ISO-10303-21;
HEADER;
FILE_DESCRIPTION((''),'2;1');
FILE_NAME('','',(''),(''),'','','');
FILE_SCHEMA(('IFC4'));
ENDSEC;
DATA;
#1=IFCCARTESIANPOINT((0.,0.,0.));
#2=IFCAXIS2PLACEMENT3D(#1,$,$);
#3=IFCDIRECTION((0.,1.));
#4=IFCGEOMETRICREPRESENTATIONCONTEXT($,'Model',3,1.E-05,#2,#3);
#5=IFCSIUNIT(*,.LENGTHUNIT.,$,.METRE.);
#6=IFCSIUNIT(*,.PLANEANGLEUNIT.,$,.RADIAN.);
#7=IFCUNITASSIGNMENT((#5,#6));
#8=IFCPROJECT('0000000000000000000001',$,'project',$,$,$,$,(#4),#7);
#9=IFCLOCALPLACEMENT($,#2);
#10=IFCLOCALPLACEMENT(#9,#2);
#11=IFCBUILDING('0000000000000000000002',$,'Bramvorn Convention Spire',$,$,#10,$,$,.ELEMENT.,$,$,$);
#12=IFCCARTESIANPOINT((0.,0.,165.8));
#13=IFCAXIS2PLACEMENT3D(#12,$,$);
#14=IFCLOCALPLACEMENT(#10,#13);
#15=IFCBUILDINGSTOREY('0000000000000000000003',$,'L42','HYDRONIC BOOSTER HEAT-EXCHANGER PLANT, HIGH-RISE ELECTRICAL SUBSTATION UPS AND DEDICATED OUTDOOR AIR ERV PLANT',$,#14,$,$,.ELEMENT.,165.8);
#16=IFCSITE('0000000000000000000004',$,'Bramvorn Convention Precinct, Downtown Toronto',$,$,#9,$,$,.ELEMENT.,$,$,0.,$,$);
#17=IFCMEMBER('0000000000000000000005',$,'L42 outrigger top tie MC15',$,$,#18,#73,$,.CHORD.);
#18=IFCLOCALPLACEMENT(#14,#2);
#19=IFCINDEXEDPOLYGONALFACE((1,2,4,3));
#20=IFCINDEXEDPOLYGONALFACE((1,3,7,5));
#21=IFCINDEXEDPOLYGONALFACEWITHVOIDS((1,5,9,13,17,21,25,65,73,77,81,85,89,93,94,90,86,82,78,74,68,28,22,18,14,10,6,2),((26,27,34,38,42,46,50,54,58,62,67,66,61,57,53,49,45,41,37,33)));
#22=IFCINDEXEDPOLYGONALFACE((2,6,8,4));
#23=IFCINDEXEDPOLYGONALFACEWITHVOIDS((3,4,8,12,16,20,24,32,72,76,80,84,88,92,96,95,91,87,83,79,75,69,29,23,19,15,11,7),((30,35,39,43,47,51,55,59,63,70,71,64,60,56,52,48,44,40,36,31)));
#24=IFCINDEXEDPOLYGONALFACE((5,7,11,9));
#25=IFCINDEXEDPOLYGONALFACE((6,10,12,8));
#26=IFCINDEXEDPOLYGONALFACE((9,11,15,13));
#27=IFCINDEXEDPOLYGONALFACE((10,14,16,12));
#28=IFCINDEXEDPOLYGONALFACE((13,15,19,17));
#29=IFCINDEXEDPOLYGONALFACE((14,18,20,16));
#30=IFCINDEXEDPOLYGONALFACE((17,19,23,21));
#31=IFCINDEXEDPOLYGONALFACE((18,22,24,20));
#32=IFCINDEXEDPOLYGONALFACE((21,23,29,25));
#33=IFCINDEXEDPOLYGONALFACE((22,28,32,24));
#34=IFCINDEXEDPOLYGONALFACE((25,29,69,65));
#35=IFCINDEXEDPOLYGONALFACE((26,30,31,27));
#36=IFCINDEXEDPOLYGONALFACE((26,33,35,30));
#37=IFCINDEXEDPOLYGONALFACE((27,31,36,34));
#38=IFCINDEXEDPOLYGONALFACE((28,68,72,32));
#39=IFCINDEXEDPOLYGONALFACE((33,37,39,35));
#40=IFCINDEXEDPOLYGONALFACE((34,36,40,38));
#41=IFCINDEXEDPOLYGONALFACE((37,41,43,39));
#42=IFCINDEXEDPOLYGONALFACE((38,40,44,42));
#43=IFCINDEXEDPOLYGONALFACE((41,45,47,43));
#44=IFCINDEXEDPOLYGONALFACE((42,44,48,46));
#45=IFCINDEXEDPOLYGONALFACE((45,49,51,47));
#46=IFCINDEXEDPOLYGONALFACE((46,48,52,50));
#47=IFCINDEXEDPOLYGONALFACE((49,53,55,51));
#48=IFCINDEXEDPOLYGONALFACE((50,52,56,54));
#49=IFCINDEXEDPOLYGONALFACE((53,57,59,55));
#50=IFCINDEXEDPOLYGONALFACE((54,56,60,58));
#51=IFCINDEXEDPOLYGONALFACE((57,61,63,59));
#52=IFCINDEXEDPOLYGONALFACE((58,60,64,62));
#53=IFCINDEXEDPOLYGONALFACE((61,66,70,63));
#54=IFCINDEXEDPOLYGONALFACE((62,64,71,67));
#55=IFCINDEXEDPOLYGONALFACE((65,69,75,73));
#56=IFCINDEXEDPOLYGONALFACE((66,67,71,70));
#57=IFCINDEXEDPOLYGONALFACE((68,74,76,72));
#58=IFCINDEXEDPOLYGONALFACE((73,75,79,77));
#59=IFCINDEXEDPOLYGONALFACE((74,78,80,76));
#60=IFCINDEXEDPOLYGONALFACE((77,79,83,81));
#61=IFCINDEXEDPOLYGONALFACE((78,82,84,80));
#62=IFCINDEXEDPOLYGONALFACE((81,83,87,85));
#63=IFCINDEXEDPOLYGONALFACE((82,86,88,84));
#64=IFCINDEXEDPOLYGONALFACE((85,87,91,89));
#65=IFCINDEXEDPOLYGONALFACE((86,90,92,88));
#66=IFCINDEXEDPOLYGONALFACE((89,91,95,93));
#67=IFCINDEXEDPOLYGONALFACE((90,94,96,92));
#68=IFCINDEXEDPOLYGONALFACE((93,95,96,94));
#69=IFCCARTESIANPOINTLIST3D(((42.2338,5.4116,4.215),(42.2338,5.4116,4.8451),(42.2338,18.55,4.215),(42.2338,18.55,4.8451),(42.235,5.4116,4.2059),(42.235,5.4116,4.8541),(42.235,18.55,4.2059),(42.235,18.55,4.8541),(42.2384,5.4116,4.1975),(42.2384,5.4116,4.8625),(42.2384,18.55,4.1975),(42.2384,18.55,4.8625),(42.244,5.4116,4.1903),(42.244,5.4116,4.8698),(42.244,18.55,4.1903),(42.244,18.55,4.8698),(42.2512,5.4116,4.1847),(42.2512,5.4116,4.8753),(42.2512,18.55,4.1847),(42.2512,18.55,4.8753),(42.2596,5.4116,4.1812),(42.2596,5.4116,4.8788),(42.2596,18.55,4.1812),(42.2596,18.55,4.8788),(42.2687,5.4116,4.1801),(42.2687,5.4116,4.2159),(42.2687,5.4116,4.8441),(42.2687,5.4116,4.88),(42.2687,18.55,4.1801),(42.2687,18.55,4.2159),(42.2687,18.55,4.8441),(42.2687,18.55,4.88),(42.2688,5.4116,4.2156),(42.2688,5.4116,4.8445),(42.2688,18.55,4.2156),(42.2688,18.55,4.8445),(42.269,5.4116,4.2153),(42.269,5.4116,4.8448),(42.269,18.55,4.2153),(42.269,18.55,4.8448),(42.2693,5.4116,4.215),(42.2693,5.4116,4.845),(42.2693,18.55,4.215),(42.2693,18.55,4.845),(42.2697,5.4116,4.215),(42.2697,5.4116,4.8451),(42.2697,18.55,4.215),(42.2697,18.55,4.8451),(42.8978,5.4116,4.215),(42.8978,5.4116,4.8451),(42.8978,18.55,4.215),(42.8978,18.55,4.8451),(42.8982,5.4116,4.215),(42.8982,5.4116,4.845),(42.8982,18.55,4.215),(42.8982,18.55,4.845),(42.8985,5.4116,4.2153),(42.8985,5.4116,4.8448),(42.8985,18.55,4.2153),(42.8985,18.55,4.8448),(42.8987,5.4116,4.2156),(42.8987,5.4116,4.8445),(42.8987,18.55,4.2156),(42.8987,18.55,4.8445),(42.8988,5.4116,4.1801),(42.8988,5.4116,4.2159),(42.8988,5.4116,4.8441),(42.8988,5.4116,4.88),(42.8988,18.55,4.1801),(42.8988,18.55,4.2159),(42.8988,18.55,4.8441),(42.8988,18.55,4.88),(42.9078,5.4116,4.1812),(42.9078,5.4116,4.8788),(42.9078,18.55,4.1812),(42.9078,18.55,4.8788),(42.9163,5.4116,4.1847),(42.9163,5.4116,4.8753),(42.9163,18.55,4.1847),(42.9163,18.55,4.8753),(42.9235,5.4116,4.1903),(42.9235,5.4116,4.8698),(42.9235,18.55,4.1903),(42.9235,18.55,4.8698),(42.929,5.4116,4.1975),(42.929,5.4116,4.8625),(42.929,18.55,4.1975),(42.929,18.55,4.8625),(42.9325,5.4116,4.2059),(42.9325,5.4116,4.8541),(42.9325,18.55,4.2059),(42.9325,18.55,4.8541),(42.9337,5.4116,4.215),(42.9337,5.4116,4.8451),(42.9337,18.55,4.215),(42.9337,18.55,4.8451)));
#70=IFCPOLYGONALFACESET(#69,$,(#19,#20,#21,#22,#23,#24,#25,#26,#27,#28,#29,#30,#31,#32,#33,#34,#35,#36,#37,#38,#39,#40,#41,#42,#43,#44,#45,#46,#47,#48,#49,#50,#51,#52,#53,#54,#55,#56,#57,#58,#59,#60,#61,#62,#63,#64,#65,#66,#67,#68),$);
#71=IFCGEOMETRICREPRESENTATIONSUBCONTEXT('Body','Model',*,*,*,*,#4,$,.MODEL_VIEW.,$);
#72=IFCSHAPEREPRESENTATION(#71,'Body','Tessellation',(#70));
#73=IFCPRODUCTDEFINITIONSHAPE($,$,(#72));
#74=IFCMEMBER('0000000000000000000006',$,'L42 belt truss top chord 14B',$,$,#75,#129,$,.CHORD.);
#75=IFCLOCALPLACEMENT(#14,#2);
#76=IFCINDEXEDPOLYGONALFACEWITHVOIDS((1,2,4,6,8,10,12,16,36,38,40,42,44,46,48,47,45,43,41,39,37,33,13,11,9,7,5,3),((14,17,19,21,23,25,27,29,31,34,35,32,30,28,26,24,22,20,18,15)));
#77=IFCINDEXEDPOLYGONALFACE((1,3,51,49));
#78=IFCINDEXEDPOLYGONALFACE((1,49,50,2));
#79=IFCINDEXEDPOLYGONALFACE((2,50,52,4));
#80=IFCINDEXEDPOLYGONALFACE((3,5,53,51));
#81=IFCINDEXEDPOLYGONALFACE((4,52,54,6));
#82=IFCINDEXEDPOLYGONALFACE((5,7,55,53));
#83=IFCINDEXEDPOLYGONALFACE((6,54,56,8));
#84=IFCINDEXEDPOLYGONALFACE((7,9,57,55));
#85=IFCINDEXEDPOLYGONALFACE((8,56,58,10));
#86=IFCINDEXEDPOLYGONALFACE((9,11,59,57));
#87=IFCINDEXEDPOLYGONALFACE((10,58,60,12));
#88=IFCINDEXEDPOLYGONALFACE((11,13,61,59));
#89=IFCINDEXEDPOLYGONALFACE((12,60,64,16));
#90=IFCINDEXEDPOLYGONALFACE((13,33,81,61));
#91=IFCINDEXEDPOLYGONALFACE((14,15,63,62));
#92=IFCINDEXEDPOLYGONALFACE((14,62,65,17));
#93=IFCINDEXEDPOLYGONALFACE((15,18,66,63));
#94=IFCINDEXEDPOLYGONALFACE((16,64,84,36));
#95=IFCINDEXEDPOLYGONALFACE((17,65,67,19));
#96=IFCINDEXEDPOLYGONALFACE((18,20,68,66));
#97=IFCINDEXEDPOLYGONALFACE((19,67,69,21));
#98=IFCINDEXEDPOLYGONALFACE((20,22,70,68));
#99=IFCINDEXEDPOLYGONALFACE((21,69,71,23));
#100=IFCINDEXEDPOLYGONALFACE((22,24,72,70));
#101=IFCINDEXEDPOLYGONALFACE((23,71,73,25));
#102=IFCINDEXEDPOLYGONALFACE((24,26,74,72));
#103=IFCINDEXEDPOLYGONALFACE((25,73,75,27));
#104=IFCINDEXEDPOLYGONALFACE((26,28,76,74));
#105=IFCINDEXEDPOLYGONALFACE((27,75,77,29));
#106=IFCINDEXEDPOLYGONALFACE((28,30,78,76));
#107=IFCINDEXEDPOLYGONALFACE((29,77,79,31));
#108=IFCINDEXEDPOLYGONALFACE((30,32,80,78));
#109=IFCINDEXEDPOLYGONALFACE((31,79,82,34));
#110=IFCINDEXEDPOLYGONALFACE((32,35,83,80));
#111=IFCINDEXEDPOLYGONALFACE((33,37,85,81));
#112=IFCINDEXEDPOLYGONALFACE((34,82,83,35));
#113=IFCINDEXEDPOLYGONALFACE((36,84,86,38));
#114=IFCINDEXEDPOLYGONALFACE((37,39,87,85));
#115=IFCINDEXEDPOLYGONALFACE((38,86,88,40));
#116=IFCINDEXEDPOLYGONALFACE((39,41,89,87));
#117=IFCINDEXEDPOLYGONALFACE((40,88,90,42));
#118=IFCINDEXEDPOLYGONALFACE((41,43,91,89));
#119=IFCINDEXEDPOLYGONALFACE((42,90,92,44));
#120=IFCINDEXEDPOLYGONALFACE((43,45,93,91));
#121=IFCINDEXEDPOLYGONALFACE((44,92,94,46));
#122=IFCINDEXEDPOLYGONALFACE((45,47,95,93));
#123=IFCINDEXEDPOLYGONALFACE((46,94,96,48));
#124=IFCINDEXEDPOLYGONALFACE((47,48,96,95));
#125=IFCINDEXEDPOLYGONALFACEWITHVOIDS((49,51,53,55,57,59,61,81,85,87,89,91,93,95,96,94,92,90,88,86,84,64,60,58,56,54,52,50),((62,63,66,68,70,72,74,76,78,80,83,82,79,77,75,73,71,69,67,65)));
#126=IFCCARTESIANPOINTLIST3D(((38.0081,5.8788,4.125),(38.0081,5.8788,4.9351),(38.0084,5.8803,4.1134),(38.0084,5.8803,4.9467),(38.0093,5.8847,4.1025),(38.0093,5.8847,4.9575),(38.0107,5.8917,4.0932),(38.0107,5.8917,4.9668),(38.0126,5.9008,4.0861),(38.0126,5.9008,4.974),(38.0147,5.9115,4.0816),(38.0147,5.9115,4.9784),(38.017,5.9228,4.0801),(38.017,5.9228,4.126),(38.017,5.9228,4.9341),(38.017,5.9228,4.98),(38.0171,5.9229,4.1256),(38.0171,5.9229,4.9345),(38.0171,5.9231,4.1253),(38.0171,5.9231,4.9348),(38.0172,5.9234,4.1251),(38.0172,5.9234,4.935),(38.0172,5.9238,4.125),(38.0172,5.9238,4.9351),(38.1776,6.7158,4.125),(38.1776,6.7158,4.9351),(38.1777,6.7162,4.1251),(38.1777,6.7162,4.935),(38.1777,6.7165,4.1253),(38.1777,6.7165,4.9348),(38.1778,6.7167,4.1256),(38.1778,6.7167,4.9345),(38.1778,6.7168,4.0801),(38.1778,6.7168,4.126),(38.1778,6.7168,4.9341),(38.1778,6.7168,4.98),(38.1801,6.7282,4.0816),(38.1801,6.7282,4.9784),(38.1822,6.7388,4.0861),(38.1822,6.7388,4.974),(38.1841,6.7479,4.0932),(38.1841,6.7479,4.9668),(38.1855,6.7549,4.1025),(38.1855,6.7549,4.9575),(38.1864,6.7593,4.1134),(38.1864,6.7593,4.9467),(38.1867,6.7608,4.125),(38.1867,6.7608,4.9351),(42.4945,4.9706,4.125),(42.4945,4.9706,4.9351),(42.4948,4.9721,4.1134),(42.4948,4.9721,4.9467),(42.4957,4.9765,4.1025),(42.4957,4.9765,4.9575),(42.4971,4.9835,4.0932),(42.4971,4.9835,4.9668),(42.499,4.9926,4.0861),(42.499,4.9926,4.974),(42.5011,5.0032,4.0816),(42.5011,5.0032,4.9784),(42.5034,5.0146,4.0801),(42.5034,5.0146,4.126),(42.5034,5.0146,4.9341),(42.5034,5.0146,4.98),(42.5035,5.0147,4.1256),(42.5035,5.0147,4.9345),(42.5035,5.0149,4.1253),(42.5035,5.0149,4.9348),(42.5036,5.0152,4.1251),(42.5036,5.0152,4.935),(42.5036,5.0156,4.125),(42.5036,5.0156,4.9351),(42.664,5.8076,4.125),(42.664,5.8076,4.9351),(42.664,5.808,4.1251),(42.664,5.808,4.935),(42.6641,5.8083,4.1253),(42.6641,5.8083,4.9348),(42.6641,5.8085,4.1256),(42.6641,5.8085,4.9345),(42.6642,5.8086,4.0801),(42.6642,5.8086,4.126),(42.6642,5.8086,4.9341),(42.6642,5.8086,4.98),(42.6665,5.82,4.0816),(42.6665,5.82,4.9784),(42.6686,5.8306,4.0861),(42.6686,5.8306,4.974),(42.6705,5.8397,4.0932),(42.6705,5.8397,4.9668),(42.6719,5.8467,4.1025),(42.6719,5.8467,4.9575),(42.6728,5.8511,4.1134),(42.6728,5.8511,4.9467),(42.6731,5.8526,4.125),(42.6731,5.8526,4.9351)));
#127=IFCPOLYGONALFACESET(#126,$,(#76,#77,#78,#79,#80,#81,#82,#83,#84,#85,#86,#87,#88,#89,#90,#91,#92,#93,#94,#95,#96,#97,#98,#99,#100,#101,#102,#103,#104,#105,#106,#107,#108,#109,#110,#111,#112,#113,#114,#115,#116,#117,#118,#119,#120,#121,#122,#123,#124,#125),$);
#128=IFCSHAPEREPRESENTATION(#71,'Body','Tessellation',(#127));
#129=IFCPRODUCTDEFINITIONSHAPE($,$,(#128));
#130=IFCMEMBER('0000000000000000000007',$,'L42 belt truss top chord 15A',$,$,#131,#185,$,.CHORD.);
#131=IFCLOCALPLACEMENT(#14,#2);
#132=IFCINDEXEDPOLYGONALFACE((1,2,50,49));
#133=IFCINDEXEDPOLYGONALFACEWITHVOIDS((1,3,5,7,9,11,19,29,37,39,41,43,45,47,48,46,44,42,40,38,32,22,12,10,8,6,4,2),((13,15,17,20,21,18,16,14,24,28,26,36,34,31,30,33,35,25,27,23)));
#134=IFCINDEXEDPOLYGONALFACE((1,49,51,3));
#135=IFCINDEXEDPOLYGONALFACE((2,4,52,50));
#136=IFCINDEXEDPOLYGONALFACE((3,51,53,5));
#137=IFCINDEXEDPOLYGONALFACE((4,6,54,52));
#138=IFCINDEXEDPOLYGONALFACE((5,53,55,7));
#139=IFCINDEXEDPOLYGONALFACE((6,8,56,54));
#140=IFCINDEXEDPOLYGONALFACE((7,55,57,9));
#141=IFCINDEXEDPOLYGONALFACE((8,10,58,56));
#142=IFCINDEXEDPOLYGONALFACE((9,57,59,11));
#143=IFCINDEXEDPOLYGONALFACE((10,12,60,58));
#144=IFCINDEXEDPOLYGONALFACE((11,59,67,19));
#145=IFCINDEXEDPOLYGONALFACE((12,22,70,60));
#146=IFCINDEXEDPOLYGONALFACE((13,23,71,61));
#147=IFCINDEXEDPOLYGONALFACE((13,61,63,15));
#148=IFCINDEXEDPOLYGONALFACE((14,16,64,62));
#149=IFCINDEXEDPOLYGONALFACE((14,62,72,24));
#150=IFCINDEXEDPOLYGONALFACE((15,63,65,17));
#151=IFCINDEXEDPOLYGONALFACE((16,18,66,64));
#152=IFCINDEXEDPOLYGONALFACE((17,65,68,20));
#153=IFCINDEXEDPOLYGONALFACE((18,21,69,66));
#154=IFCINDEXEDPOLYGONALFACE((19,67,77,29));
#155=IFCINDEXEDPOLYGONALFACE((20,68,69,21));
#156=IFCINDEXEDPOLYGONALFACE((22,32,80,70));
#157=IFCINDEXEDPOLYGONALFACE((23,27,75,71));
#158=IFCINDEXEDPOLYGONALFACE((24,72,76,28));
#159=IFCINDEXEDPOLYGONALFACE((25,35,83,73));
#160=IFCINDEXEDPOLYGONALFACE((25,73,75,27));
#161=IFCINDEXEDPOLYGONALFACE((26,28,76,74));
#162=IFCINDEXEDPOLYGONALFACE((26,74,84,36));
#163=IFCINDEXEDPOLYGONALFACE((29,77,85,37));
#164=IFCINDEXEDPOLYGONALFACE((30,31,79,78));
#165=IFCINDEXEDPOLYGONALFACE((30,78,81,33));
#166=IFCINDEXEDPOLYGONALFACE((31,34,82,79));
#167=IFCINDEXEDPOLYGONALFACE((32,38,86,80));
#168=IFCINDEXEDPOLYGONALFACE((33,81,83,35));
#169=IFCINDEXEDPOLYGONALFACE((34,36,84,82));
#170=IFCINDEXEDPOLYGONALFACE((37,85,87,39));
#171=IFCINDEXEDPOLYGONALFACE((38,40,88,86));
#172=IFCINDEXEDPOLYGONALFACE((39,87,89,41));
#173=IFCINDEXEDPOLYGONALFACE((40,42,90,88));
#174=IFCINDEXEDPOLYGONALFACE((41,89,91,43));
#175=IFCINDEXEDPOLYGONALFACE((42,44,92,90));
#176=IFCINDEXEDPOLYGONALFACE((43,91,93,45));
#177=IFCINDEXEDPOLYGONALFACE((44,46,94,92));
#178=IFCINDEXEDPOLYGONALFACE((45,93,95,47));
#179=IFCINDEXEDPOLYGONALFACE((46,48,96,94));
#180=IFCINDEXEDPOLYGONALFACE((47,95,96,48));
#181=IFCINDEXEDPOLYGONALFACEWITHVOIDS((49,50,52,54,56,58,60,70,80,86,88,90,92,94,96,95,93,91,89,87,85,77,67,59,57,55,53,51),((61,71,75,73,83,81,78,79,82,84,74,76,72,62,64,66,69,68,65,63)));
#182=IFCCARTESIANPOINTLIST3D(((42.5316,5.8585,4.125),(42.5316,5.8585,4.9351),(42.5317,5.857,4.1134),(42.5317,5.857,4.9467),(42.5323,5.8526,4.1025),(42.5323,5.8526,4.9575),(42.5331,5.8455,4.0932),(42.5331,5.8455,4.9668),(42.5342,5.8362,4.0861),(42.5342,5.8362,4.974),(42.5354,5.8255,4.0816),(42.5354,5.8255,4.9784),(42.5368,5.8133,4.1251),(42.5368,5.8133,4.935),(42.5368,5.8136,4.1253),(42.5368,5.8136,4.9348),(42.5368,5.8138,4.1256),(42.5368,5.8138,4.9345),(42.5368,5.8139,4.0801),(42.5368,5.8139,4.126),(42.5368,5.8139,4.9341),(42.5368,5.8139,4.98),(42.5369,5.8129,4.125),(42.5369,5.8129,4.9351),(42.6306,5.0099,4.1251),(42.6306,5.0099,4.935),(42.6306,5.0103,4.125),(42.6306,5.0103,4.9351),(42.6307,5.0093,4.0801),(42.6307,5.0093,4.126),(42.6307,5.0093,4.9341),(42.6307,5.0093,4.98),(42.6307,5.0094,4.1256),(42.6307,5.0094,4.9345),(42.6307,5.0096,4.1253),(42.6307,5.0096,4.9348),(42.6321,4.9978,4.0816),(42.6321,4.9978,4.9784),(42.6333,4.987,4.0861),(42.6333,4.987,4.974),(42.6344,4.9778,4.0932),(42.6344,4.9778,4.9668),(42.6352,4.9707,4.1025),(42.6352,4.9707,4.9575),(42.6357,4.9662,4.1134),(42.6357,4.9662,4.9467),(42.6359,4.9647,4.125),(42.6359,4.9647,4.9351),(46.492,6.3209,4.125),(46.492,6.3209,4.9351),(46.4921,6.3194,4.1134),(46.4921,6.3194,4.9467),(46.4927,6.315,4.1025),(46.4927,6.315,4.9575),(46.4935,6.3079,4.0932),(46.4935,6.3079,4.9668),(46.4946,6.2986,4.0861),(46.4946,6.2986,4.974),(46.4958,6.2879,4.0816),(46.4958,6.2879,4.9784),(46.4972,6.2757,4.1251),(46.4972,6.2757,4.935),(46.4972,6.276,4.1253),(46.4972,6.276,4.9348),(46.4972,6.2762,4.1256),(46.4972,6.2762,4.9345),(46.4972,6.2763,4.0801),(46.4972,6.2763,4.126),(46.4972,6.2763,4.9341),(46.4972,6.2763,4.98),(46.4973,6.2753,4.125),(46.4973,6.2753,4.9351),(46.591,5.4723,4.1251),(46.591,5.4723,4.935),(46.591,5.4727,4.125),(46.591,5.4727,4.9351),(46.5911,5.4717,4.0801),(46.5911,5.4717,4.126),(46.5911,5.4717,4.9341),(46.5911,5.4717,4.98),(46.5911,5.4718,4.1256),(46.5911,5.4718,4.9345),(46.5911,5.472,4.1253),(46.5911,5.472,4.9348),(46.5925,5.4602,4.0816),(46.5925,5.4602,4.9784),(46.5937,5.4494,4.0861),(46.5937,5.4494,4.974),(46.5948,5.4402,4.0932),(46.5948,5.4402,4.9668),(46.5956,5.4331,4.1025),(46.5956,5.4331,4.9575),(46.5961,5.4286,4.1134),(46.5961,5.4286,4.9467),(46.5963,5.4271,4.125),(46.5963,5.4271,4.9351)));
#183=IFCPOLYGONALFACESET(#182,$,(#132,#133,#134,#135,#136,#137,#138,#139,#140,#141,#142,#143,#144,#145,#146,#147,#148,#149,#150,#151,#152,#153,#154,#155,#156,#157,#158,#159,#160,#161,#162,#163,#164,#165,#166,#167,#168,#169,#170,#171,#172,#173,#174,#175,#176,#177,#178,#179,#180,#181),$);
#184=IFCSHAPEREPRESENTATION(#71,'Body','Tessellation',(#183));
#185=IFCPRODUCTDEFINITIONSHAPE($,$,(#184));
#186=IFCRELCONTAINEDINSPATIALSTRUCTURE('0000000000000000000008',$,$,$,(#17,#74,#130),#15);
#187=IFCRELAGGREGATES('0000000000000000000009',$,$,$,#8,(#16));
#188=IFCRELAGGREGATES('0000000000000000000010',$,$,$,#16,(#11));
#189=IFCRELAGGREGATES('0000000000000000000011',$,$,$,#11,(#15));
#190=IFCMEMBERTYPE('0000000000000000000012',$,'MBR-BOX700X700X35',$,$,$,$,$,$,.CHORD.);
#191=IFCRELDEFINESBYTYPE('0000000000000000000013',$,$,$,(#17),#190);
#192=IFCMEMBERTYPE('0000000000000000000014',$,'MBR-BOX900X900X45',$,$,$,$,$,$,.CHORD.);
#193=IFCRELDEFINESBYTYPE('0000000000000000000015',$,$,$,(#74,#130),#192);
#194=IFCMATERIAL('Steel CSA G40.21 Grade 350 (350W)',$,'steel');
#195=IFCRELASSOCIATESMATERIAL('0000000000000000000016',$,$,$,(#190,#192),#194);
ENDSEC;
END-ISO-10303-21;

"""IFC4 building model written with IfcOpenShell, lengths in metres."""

from ifc_helpers import new_model, si_unit, direction, frame, origin, origin_2d, place, context, subcontext, project, spatial, hollow_rectangle, extrude, material, material_profile, profile_set, type_object, element, save


model = new_model("IFC4")

# Units and contexts
model_context = context("Model", 3, precision=1e-05, world=origin(), true_north=direction((0.0, 1.0)))
body_context = subcontext(model_context, "Body", "Model", "MODEL_VIEW")
ifc_project = project(units=[si_unit("LENGTHUNIT", "METRE"), si_unit("PLANEANGLEUNIT", "RADIAN")], contexts=[model_context])

# Site, building, storey
site_placement = place(None, origin())
site = spatial("IfcSite", under=ifc_project, at=site_placement, Name="Bramvorn Convention Precinct, Downtown Toronto", CompositionType="ELEMENT", RefElevation=0.0)
building_placement = place(site_placement, origin())
building = spatial("IfcBuilding", under=site, at=building_placement, Name="Bramvorn Convention Spire", CompositionType="ELEMENT")
storey_placement = place(building_placement, frame((0.0, 0.0, 165.8)))
storey = spatial("IfcBuildingStorey", under=building, at=storey_placement, Name="L42", Description="HYDRONIC BOOSTER HEAT-EXCHANGER PLANT, HIGH-RISE ELECTRICAL SUBSTATION UPS AND DEDICATED OUTDOOR AIR ERV PLANT", CompositionType="ELEMENT", Elevation=165.8)

# Shared definitions
ifc_material_1 = material(Name="Steel CSA G40.21 Grade 350 (350W)", Category="steel")

# Members
ifc_material_profile_1 = material_profile(ifc_material_1, hollow_rectangle(XDim=0.7, YDim=0.7, WallThickness=0.0349, InnerFilletRadius=0.001, OuterFilletRadius=0.0349, at=origin_2d()))
ifc_profile_set_1 = profile_set([ifc_material_profile_1], Name="Steel CSA G40.21 Grade 350 (350W) - BOX700X700X35")
member_type_1 = type_object("IfcMemberType", Name="MBR-BOX700X700X35", PredefinedType="CHORD", material=ifc_profile_set_1)
member_1_placement = place(storey_placement, frame((42.5837, 18.55, 4.53), z_axis=(0.0, -1.0, 0.0), x_axis=(1.0, 0.0, 0.0)))
element("IfcMember", 1, at=member_1_placement, inside=storey, type_object=member_type_1, Name="L42 outrigger top tie MC15", PredefinedType="CHORD", context=body_context, shape_type="SweptSolid", body=[
    extrude(hollow_rectangle(XDim=0.7, YDim=0.7, WallThickness=0.0349, InnerFilletRadius=0.001, OuterFilletRadius=0.0349, at=origin_2d()), origin(), (0.0, 0.0, 1.0), 13.1384),
])
ifc_material_profile_2 = material_profile(ifc_material_1, hollow_rectangle(XDim=0.8999, YDim=0.8999, WallThickness=0.0449, InnerFilletRadius=0.001, OuterFilletRadius=0.0449, at=origin_2d()))
ifc_profile_set_2 = profile_set([ifc_material_profile_2], Name="Steel CSA G40.21 Grade 350 (350W) - BOX900X900X45")
member_type_2 = type_object("IfcMemberType", Name="MBR-BOX900X900X45", PredefinedType="CHORD", material=ifc_profile_set_2)
member_2_placement = place(storey_placement, frame((38.0974, 6.3198, 4.53), z_axis=(0.980118, -0.198413, 0.0), x_axis=(0.198413, 0.980118, 0.0)))
element("IfcMember", 2, at=member_2_placement, inside=storey, type_object=member_type_2, Name="L42 belt truss top chord 14B", PredefinedType="CHORD", context=body_context, shape_type="SweptSolid", body=[
    extrude(hollow_rectangle(XDim=0.8999, YDim=0.8999, WallThickness=0.0449, InnerFilletRadius=0.001, OuterFilletRadius=0.0449, at=origin_2d()), origin(), (0.0, 0.0, 1.0), 4.5774),
])
member_3_placement = place(storey_placement, frame((42.5837, 5.4116, 4.53), z_axis=(0.993253, 0.115967, 0.0), x_axis=(-0.115967, 0.993253, 0.0)))
element("IfcMember", 3, at=member_3_placement, inside=storey, type_object=member_type_2, Name="L42 belt truss top chord 15A", PredefinedType="CHORD", context=body_context, shape_type="SweptSolid", body=[
    extrude(hollow_rectangle(XDim=0.8999, YDim=0.8999, WallThickness=0.0449, InnerFilletRadius=0.001, OuterFilletRadius=0.0449, at=origin_2d()), origin(), (0.0, 0.0, 1.0), 3.9873),
])

save(model, "model.ifc")
